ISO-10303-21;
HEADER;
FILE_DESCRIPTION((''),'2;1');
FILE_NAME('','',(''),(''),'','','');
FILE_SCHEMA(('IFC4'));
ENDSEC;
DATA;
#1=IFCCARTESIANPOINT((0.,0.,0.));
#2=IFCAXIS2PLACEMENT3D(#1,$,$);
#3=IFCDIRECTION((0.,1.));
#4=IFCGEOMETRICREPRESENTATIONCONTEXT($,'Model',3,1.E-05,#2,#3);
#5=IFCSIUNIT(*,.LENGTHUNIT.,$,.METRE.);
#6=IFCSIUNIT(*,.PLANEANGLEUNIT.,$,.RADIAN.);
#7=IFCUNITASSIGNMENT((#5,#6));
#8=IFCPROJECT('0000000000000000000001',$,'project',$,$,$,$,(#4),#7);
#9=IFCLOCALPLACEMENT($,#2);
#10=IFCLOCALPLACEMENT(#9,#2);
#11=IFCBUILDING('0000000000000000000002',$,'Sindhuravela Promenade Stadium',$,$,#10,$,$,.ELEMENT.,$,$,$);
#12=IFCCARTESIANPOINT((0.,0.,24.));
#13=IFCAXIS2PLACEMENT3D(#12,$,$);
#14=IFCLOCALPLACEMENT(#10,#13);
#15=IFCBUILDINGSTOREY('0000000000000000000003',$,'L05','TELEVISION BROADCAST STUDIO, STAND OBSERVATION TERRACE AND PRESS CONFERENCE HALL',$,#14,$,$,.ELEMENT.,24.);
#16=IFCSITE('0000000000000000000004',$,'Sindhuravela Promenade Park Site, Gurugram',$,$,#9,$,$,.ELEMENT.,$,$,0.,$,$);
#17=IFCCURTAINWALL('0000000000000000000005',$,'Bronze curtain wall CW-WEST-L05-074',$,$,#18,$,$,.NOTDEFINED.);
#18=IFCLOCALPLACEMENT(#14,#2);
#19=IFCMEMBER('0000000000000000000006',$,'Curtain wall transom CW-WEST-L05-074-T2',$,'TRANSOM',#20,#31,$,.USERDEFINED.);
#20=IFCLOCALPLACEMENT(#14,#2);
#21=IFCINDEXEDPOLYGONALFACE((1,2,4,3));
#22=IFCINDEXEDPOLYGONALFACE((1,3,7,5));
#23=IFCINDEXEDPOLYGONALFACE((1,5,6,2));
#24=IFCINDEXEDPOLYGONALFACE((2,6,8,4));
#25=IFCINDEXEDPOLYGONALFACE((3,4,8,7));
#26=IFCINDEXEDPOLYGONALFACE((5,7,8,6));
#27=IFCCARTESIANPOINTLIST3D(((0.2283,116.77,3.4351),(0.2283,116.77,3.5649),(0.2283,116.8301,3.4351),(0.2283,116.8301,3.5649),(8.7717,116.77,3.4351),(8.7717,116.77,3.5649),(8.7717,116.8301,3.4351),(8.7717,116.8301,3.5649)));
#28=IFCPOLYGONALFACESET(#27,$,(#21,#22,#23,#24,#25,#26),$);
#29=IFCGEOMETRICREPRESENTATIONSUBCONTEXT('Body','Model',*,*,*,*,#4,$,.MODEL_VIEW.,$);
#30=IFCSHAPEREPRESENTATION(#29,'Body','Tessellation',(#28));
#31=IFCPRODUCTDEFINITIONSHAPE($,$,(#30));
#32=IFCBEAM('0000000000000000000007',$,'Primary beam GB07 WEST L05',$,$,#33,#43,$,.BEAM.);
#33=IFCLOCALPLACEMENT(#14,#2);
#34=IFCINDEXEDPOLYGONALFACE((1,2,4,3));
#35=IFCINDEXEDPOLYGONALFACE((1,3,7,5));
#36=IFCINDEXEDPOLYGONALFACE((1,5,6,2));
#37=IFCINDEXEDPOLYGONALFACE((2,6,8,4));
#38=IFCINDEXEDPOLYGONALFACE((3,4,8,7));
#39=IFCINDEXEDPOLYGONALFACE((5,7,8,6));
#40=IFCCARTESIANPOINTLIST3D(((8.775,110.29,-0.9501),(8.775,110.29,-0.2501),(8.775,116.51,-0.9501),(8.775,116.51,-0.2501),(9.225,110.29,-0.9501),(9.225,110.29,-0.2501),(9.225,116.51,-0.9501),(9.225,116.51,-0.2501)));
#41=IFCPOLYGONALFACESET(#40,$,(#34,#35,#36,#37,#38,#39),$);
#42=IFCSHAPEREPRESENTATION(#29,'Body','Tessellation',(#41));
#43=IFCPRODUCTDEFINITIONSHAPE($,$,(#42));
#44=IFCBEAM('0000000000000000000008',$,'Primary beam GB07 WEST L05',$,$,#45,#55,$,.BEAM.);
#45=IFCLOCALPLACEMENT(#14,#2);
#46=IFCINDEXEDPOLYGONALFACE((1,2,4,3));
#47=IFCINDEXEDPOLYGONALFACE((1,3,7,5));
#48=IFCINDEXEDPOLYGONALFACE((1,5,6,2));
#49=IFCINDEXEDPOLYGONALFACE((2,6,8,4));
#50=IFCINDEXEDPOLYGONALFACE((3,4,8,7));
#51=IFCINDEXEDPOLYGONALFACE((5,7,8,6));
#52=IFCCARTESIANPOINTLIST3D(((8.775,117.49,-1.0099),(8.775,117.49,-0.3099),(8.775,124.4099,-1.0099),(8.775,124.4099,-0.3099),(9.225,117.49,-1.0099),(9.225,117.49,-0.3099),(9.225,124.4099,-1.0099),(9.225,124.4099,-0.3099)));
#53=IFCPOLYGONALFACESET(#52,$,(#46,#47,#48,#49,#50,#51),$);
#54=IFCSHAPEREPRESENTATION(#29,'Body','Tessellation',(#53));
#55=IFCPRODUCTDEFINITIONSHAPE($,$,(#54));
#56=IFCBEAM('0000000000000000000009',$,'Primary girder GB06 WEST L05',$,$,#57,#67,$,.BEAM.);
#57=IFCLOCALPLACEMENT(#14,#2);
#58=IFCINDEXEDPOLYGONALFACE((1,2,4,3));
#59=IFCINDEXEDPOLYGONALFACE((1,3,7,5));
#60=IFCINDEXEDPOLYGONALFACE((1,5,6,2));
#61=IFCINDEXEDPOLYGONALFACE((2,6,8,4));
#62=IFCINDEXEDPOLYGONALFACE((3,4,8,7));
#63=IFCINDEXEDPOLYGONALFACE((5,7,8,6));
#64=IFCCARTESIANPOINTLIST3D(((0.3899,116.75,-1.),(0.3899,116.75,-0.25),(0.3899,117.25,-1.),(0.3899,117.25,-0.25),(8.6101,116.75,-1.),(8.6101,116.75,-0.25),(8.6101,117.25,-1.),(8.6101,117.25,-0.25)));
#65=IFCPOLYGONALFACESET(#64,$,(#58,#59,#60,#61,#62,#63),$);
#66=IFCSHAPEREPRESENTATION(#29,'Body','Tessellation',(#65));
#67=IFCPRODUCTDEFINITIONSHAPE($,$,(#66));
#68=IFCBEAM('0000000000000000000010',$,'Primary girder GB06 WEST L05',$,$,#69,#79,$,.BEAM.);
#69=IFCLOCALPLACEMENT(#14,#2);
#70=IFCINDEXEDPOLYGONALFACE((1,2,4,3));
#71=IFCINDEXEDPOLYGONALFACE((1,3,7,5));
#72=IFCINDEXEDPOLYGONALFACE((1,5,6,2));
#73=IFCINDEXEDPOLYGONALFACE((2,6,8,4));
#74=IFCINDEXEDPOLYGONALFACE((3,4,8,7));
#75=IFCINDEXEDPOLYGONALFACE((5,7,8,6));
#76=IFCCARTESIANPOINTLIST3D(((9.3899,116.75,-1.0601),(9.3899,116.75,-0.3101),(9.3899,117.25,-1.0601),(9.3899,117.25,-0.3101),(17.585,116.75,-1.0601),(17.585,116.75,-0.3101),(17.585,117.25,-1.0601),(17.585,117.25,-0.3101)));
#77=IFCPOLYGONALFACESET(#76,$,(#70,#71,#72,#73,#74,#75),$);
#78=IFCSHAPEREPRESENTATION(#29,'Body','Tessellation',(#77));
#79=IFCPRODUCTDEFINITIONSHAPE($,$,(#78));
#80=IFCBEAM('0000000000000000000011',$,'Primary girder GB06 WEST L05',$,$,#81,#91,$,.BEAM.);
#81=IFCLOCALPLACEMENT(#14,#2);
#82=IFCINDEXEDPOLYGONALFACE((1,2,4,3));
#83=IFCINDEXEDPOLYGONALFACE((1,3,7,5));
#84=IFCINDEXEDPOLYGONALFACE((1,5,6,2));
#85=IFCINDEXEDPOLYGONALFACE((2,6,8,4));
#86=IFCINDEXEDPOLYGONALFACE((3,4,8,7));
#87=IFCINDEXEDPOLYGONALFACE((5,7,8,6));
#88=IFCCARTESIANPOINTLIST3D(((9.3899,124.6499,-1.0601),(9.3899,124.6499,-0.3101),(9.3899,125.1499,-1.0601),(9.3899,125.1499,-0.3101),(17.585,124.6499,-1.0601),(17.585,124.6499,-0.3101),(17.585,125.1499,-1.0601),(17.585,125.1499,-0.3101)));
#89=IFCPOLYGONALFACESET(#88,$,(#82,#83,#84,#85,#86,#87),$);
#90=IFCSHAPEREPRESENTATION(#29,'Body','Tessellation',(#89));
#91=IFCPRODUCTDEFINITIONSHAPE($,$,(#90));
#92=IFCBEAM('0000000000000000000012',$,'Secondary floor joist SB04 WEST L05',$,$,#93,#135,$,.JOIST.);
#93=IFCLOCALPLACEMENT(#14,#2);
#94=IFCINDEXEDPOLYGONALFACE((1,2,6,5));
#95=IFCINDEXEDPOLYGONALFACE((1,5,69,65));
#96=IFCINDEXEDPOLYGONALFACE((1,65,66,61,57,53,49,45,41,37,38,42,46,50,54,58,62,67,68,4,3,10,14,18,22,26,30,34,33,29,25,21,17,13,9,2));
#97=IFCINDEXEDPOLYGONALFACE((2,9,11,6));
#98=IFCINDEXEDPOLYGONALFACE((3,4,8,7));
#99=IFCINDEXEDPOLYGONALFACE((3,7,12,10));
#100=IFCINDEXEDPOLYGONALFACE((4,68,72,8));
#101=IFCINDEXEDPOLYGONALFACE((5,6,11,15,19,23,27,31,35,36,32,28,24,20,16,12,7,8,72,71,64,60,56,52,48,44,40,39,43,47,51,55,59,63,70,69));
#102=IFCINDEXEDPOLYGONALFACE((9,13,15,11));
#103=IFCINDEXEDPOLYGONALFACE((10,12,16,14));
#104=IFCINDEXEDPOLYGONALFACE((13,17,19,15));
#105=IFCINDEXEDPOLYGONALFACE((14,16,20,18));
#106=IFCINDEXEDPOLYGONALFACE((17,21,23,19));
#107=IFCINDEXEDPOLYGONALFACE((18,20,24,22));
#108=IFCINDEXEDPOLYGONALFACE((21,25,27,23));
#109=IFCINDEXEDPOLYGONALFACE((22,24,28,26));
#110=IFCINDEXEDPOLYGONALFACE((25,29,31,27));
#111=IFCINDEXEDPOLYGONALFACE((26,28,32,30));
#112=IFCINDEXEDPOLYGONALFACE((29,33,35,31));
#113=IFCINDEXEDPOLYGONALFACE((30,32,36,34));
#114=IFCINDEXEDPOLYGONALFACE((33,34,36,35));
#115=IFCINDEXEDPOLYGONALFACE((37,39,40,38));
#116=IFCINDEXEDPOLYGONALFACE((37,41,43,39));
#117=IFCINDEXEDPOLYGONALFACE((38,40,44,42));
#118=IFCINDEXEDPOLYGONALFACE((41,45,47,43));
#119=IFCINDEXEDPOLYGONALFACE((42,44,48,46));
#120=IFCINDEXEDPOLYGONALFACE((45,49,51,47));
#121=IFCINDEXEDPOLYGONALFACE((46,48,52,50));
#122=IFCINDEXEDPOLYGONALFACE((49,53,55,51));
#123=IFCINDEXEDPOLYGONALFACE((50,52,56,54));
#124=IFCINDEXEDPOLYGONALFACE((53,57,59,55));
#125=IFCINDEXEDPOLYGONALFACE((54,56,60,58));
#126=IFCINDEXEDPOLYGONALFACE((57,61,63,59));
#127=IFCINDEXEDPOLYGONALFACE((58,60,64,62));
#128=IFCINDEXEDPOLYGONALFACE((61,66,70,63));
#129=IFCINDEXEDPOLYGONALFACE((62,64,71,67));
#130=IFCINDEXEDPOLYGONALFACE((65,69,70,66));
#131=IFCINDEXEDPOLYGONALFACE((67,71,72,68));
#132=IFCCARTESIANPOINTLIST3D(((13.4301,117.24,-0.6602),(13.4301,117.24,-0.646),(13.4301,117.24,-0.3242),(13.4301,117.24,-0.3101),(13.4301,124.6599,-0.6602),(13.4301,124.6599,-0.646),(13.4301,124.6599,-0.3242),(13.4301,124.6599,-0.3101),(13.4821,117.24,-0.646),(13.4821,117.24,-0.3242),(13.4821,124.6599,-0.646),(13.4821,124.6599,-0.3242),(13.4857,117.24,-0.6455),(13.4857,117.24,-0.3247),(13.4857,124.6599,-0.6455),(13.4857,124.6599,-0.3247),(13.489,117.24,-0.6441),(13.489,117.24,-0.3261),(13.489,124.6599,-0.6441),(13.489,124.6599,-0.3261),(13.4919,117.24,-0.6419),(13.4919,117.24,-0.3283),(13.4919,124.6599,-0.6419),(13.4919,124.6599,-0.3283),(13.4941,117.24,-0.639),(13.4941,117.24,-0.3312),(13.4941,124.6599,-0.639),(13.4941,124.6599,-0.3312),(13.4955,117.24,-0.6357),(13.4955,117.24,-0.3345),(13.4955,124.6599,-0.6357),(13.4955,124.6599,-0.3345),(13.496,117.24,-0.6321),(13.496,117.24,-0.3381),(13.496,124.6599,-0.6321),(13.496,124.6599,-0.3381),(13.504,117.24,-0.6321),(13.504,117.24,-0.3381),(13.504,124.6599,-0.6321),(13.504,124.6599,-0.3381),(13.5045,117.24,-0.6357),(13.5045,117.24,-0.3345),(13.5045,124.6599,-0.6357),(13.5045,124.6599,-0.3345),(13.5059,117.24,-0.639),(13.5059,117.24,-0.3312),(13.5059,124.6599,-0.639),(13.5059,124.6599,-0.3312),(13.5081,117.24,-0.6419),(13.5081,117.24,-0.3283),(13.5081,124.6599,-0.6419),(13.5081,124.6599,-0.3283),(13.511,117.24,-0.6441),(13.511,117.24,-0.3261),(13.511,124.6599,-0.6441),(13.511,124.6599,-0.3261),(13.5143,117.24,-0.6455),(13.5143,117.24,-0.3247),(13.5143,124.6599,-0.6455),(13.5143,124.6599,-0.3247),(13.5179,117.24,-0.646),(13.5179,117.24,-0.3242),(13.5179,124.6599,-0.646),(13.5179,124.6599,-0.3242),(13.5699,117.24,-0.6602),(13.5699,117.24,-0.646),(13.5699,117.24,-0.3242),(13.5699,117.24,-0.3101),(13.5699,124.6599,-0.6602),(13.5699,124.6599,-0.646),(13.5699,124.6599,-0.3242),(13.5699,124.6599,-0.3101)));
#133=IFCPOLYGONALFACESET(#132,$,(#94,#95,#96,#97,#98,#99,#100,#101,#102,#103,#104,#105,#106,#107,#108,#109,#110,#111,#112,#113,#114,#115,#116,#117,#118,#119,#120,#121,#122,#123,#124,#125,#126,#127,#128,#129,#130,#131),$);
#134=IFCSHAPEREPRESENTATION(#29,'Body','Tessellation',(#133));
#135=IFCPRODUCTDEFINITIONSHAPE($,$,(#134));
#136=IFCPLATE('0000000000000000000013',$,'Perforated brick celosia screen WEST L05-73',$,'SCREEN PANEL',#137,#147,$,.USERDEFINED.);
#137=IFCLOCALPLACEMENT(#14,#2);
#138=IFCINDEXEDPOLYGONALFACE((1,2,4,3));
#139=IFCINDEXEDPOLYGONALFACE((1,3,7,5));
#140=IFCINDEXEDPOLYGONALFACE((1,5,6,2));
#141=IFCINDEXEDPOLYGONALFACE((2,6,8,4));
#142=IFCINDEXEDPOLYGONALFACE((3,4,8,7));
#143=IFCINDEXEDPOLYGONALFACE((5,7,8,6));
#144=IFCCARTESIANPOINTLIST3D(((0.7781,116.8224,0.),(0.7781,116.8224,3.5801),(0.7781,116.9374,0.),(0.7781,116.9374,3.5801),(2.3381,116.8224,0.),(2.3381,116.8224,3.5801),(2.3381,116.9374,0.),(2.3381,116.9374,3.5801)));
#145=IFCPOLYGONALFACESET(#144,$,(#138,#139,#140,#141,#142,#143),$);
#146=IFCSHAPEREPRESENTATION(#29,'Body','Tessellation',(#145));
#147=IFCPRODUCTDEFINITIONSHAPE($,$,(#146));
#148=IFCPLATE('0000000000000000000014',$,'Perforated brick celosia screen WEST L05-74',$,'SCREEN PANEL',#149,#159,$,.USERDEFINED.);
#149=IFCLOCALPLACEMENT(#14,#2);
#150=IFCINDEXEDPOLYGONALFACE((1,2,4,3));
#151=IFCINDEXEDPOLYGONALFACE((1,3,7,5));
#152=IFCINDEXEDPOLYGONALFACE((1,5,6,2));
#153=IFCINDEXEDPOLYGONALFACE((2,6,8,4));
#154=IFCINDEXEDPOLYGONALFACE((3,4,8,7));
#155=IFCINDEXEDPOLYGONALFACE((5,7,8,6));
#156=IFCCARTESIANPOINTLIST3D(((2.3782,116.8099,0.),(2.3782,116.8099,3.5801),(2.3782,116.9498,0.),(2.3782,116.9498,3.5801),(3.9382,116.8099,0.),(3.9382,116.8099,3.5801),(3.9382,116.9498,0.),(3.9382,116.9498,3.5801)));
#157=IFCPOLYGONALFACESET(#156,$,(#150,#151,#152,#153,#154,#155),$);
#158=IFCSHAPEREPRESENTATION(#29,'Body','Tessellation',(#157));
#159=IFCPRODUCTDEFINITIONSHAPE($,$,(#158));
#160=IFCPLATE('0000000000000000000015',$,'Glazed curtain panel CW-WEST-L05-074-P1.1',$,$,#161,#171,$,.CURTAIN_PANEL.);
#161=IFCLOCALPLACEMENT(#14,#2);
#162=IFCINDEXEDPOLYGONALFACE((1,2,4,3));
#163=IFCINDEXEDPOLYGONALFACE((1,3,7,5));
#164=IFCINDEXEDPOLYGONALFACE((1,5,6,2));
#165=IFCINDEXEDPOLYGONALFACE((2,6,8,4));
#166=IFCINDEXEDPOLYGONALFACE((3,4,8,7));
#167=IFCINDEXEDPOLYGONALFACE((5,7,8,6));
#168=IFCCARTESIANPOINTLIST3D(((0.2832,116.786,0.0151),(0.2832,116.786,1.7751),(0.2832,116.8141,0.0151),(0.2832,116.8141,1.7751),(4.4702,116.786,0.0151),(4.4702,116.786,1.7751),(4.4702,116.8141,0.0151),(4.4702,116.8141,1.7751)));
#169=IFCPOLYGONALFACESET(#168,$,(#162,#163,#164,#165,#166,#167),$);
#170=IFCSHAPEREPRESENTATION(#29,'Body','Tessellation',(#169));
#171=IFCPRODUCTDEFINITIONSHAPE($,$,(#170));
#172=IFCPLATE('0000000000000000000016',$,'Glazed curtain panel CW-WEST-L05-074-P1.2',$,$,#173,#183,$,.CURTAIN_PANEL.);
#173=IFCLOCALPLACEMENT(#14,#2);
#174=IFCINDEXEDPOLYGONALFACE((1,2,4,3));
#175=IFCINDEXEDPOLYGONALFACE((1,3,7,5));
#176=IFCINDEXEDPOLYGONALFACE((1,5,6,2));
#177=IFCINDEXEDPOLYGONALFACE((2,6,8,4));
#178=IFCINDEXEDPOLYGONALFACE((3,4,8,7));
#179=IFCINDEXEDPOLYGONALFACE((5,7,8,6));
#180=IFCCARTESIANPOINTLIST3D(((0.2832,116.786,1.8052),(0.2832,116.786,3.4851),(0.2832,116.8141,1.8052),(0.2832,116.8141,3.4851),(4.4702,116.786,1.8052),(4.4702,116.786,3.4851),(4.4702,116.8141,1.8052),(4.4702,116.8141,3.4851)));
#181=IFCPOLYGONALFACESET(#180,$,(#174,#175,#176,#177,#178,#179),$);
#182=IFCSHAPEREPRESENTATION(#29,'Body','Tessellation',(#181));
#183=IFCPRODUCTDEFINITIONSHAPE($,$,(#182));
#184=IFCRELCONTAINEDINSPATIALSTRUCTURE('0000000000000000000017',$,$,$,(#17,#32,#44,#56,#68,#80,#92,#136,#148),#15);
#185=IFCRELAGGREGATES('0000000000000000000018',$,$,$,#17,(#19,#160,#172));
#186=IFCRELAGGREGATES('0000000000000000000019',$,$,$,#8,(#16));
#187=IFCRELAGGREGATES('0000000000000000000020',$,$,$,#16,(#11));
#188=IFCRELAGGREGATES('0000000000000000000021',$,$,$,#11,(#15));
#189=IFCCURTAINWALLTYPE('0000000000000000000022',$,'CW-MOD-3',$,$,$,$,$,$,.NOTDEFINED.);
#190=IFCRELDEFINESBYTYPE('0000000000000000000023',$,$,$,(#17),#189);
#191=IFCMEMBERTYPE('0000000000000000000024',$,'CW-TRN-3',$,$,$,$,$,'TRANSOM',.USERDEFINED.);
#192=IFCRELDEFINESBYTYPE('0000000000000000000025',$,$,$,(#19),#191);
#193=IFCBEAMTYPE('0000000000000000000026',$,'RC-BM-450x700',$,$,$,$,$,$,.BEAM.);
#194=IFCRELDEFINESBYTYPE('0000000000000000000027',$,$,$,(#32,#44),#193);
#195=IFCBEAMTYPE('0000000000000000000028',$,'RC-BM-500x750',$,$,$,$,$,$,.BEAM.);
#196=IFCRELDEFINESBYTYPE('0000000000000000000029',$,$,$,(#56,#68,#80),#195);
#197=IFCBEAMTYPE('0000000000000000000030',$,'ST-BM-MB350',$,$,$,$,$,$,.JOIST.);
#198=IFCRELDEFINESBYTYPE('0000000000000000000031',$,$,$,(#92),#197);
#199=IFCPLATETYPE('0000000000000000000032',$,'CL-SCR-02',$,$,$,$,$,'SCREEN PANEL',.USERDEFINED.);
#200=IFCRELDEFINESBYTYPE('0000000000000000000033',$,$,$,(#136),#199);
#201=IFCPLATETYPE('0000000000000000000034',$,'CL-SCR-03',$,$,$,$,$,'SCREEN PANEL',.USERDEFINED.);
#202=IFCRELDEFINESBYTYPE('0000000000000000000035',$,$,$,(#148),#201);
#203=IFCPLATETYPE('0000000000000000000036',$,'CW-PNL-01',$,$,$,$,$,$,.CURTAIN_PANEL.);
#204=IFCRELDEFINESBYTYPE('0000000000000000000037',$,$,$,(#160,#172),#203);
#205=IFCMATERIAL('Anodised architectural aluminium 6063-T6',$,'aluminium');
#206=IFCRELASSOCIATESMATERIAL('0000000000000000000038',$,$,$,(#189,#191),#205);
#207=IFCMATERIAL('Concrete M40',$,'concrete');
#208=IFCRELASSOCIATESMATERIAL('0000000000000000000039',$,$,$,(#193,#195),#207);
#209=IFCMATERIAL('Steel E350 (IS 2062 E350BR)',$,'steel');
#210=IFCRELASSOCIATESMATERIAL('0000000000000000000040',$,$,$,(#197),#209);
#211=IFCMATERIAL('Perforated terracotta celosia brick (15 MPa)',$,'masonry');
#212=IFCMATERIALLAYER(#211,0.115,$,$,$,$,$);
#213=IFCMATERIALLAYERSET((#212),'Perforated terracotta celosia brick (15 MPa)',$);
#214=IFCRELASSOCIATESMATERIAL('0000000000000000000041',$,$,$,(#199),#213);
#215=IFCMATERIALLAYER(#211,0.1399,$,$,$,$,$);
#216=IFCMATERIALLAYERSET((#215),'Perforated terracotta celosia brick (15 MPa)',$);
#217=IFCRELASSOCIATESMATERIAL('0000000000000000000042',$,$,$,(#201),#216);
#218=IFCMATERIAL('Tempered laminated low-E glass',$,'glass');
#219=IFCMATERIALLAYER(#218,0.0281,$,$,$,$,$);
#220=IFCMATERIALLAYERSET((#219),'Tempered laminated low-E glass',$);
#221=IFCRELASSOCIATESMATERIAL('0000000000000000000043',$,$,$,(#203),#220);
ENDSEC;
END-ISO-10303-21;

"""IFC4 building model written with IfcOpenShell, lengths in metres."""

from ifc_helpers import new_model, si_unit, direction, frame, origin, origin_2d, place, context, subcontext, project, spatial, rectangle, i_section, extrude, material, layer, layer_set, material_profile, profile_set, type_object, element, aggregate, save


model = new_model("IFC4")

# Units and contexts
model_context = context("Model", 3, precision=1e-05, world=origin(), true_north=direction((0.0, 1.0)))
body_context = subcontext(model_context, "Body", "Model", "MODEL_VIEW")
ifc_project = project(units=[si_unit("LENGTHUNIT", "METRE"), si_unit("PLANEANGLEUNIT", "RADIAN")], contexts=[model_context])

# Site, building, storey
site_placement = place(None, origin())
site = spatial("IfcSite", under=ifc_project, at=site_placement, Name="Sindhuravela Promenade Park Site, Gurugram", CompositionType="ELEMENT", RefElevation=0.0)
building_placement = place(site_placement, origin())
building = spatial("IfcBuilding", under=site, at=building_placement, Name="Sindhuravela Promenade Stadium", CompositionType="ELEMENT")
storey_placement = place(building_placement, frame((0.0, 0.0, 24.0)))
storey = spatial("IfcBuildingStorey", under=building, at=storey_placement, Name="L05", Description="TELEVISION BROADCAST STUDIO, STAND OBSERVATION TERRACE AND PRESS CONFERENCE HALL", CompositionType="ELEMENT", Elevation=24.0)

# Shared definitions
ifc_material_1 = material(Name="Steel E350 (IS 2062 E350BR)", Category="steel")

# Curtain wall, member
ifc_material_2 = material(Name="Anodised architectural aluminium 6063-T6", Category="aluminium")
curtain_wall_type_1 = type_object("IfcCurtainWallType", Name="CW-MOD-3", PredefinedType="NOTDEFINED", material=ifc_material_2)
curtain_wall_1_placement = place(storey_placement, origin())
curtain_wall_1 = element("IfcCurtainWall", 1, at=curtain_wall_1_placement, inside=storey, type_object=curtain_wall_type_1, Name="Bronze curtain wall CW-WEST-L05-074", PredefinedType="NOTDEFINED")
ifc_material_profile_1 = material_profile(ifc_material_2, rectangle(XDim=0.0601, YDim=0.1299, at=origin_2d()), Name="ALU T60x130")
ifc_profile_set_1 = profile_set([ifc_material_profile_1], Name="Anodised architectural aluminium 6063-T6")
member_type_1 = type_object("IfcMemberType", Name="CW-TRN-3", ElementType="TRANSOM", PredefinedType="USERDEFINED", material=ifc_profile_set_1)
member_1_placement = place(storey_placement, frame((0.2283, 116.8, 3.5), z_axis=(1.0, 0.0, 0.0), x_axis=(0.0, 1.0, 0.0)))
member_1 = element("IfcMember", 2, at=member_1_placement, type_object=member_type_1, Name="Curtain wall transom CW-WEST-L05-074-T2", ObjectType="TRANSOM", PredefinedType="USERDEFINED", context=body_context, shape_type="SweptSolid", body=[
    extrude(rectangle(XDim=0.0601, YDim=0.1299, at=origin_2d()), origin(), (0.0, 0.0, 1.0), 8.5435),
])

# Beams
ifc_material_3 = material(Name="Concrete M40", Category="concrete")
ifc_material_profile_2 = material_profile(ifc_material_3, rectangle(XDim=0.45, YDim=0.7, at=origin_2d()), Name="RC 450x700")
ifc_profile_set_2 = profile_set([ifc_material_profile_2], Name="Concrete M40")
beam_type_1 = type_object("IfcBeamType", Name="RC-BM-450x700", PredefinedType="BEAM", material=ifc_profile_set_2)
beam_1_placement = place(storey_placement, frame((9.0, 110.29, -0.6001), z_axis=(0.0, 1.0, 0.0), x_axis=(-1.0, 0.0, 0.0)))
element("IfcBeam", 3, at=beam_1_placement, inside=storey, type_object=beam_type_1, Name="Primary beam GB07 WEST L05", PredefinedType="BEAM", context=body_context, shape_type="SweptSolid", body=[
    extrude(rectangle(XDim=0.45, YDim=0.7, at=origin_2d()), origin(), (0.0, 0.0, 1.0), 6.22),
])
beam_2_placement = place(storey_placement, frame((9.0, 117.49, -0.6599), z_axis=(0.0, 1.0, 0.0), x_axis=(-1.0, 0.0, 0.0)))
element("IfcBeam", 4, at=beam_2_placement, inside=storey, type_object=beam_type_1, Name="Primary beam GB07 WEST L05", PredefinedType="BEAM", context=body_context, shape_type="SweptSolid", body=[
    extrude(rectangle(XDim=0.45, YDim=0.7, at=origin_2d()), origin(), (0.0, 0.0, 1.0), 6.9199),
])
ifc_material_profile_3 = material_profile(ifc_material_3, rectangle(XDim=0.5, YDim=0.75, at=origin_2d()), Name="RC 500x750")
ifc_profile_set_3 = profile_set([ifc_material_profile_3], Name="Concrete M40")
beam_type_2 = type_object("IfcBeamType", Name="RC-BM-500x750", PredefinedType="BEAM", material=ifc_profile_set_3)
beam_3_placement = place(storey_placement, frame((0.3899, 117.0, -0.625), z_axis=(1.0, 0.0, 0.0), x_axis=(0.0, 1.0, 0.0)))
element("IfcBeam", 5, at=beam_3_placement, inside=storey, type_object=beam_type_2, Name="Primary girder GB06 WEST L05", PredefinedType="BEAM", context=body_context, shape_type="SweptSolid", body=[
    extrude(rectangle(XDim=0.5, YDim=0.75, at=origin_2d()), origin(), (0.0, 0.0, 1.0), 8.2202),
])
for number, where, z_axis, x_axis, name in (
    (6, (9.3899, 117.0, -0.6851), (1.0, 0.0, 0.0), (0.0, 1.0, 0.0), "Primary girder GB06 WEST L05"),
    (7, (9.3899, 124.8999, -0.6851), (1.0, 0.0, 0.0), (0.0, 1.0, 0.0), "Primary girder GB06 WEST L05"),
):
    element("IfcBeam", number, at=place(storey_placement, frame(where, z_axis=z_axis, x_axis=x_axis)), inside=storey, type_object=beam_type_2, Name=name, PredefinedType="BEAM", context=body_context, shape_type="SweptSolid", body=[
        extrude(rectangle(XDim=0.5, YDim=0.75, at=origin_2d()), origin(), (0.0, 0.0, 1.0), 8.1951),
    ])
ifc_material_profile_4 = material_profile(ifc_material_1, i_section(OverallWidth=0.1399, OverallDepth=0.3501, WebThickness=0.0081, FlangeThickness=0.0142, FilletRadius=0.0139, at=origin_2d()), Name="ISMB 350")
ifc_profile_set_4 = profile_set([ifc_material_profile_4], Name="Steel E350 (IS 2062 E350BR)")
beam_type_3 = type_object("IfcBeamType", Name="ST-BM-MB350", PredefinedType="JOIST", material=ifc_profile_set_4)
beam_4_placement = place(storey_placement, frame((13.5, 117.24, -0.4851), z_axis=(0.0, 1.0, 0.0), x_axis=(-1.0, 0.0, 0.0)))
element("IfcBeam", 8, at=beam_4_placement, inside=storey, type_object=beam_type_3, Name="Secondary floor joist SB04 WEST L05", PredefinedType="JOIST", context=body_context, shape_type="SweptSolid", body=[
    extrude(i_section(OverallWidth=0.1399, OverallDepth=0.3501, WebThickness=0.0081, FlangeThickness=0.0142, FilletRadius=0.0139, at=origin_2d()), origin(), (0.0, 0.0, 1.0), 7.4199),
])

# Plates
ifc_material_4 = material(Name="Perforated terracotta celosia brick (15 MPa)", Category="masonry")
ifc_layer_1 = layer(ifc_material_4, 0.115)
ifc_layer_set_1 = layer_set([ifc_layer_1], Name="Perforated terracotta celosia brick (15 MPa)")
plate_type_1 = type_object("IfcPlateType", Name="CL-SCR-02", ElementType="SCREEN PANEL", PredefinedType="USERDEFINED", material=ifc_layer_set_1)
plate_1_placement = place(storey_placement, frame((1.5581, 116.8799, 0.0), z_axis=(0.0, 0.0, 1.0), x_axis=(1.0, 0.0, 0.0)))
element("IfcPlate", 9, at=plate_1_placement, inside=storey, type_object=plate_type_1, Name="Perforated brick celosia screen WEST L05-73", ObjectType="SCREEN PANEL", PredefinedType="USERDEFINED", context=body_context, shape_type="SweptSolid", body=[
    extrude(rectangle(XDim=1.5601, YDim=0.115, at=origin_2d()), origin(), (0.0, 0.0, 1.0), 3.5801),
])
ifc_layer_2 = layer(ifc_material_4, 0.1399)
ifc_layer_set_2 = layer_set([ifc_layer_2], Name="Perforated terracotta celosia brick (15 MPa)")
plate_type_2 = type_object("IfcPlateType", Name="CL-SCR-03", ElementType="SCREEN PANEL", PredefinedType="USERDEFINED", material=ifc_layer_set_2)
plate_2_placement = place(storey_placement, frame((3.1582, 116.8799, 0.0), z_axis=(0.0, 0.0, 1.0), x_axis=(1.0, 0.0, 0.0)))
element("IfcPlate", 10, at=plate_2_placement, inside=storey, type_object=plate_type_2, Name="Perforated brick celosia screen WEST L05-74", ObjectType="SCREEN PANEL", PredefinedType="USERDEFINED", context=body_context, shape_type="SweptSolid", body=[
    extrude(rectangle(XDim=1.5601, YDim=0.1399, at=origin_2d()), origin(), (0.0, 0.0, 1.0), 3.5801),
])

# Plates
ifc_material_5 = material(Name="Tempered laminated low-E glass", Category="glass")
ifc_layer_3 = layer(ifc_material_5, 0.0281)
ifc_layer_set_3 = layer_set([ifc_layer_3], Name="Tempered laminated low-E glass")
plate_type_3 = type_object("IfcPlateType", Name="CW-PNL-01", PredefinedType="CURTAIN_PANEL", material=ifc_layer_set_3)
plate_3_placement = place(storey_placement, frame((2.3767, 116.8, 0.0151), z_axis=(0.0, 0.0, 1.0), x_axis=(1.0, 0.0, 0.0)))
plate_3 = element("IfcPlate", 11, at=plate_3_placement, type_object=plate_type_3, Name="Glazed curtain panel CW-WEST-L05-074-P1.1", PredefinedType="CURTAIN_PANEL", context=body_context, shape_type="SweptSolid", body=[
    extrude(rectangle(XDim=4.187, YDim=0.0281, at=origin_2d()), origin(), (0.0, 0.0, 1.0), 1.76),
])
plate_4_placement = place(storey_placement, frame((2.3767, 116.8, 1.8052), z_axis=(0.0, 0.0, 1.0), x_axis=(1.0, 0.0, 0.0)))
plate_4 = element("IfcPlate", 12, at=plate_4_placement, type_object=plate_type_3, Name="Glazed curtain panel CW-WEST-L05-074-P1.2", PredefinedType="CURTAIN_PANEL", context=body_context, shape_type="SweptSolid", body=[
    extrude(rectangle(XDim=4.187, YDim=0.0281, at=origin_2d()), origin(), (0.0, 0.0, 1.0), 1.6799),
])
aggregate(curtain_wall_1, [member_1, plate_3, plate_4])

save(model, "model.ifc")
